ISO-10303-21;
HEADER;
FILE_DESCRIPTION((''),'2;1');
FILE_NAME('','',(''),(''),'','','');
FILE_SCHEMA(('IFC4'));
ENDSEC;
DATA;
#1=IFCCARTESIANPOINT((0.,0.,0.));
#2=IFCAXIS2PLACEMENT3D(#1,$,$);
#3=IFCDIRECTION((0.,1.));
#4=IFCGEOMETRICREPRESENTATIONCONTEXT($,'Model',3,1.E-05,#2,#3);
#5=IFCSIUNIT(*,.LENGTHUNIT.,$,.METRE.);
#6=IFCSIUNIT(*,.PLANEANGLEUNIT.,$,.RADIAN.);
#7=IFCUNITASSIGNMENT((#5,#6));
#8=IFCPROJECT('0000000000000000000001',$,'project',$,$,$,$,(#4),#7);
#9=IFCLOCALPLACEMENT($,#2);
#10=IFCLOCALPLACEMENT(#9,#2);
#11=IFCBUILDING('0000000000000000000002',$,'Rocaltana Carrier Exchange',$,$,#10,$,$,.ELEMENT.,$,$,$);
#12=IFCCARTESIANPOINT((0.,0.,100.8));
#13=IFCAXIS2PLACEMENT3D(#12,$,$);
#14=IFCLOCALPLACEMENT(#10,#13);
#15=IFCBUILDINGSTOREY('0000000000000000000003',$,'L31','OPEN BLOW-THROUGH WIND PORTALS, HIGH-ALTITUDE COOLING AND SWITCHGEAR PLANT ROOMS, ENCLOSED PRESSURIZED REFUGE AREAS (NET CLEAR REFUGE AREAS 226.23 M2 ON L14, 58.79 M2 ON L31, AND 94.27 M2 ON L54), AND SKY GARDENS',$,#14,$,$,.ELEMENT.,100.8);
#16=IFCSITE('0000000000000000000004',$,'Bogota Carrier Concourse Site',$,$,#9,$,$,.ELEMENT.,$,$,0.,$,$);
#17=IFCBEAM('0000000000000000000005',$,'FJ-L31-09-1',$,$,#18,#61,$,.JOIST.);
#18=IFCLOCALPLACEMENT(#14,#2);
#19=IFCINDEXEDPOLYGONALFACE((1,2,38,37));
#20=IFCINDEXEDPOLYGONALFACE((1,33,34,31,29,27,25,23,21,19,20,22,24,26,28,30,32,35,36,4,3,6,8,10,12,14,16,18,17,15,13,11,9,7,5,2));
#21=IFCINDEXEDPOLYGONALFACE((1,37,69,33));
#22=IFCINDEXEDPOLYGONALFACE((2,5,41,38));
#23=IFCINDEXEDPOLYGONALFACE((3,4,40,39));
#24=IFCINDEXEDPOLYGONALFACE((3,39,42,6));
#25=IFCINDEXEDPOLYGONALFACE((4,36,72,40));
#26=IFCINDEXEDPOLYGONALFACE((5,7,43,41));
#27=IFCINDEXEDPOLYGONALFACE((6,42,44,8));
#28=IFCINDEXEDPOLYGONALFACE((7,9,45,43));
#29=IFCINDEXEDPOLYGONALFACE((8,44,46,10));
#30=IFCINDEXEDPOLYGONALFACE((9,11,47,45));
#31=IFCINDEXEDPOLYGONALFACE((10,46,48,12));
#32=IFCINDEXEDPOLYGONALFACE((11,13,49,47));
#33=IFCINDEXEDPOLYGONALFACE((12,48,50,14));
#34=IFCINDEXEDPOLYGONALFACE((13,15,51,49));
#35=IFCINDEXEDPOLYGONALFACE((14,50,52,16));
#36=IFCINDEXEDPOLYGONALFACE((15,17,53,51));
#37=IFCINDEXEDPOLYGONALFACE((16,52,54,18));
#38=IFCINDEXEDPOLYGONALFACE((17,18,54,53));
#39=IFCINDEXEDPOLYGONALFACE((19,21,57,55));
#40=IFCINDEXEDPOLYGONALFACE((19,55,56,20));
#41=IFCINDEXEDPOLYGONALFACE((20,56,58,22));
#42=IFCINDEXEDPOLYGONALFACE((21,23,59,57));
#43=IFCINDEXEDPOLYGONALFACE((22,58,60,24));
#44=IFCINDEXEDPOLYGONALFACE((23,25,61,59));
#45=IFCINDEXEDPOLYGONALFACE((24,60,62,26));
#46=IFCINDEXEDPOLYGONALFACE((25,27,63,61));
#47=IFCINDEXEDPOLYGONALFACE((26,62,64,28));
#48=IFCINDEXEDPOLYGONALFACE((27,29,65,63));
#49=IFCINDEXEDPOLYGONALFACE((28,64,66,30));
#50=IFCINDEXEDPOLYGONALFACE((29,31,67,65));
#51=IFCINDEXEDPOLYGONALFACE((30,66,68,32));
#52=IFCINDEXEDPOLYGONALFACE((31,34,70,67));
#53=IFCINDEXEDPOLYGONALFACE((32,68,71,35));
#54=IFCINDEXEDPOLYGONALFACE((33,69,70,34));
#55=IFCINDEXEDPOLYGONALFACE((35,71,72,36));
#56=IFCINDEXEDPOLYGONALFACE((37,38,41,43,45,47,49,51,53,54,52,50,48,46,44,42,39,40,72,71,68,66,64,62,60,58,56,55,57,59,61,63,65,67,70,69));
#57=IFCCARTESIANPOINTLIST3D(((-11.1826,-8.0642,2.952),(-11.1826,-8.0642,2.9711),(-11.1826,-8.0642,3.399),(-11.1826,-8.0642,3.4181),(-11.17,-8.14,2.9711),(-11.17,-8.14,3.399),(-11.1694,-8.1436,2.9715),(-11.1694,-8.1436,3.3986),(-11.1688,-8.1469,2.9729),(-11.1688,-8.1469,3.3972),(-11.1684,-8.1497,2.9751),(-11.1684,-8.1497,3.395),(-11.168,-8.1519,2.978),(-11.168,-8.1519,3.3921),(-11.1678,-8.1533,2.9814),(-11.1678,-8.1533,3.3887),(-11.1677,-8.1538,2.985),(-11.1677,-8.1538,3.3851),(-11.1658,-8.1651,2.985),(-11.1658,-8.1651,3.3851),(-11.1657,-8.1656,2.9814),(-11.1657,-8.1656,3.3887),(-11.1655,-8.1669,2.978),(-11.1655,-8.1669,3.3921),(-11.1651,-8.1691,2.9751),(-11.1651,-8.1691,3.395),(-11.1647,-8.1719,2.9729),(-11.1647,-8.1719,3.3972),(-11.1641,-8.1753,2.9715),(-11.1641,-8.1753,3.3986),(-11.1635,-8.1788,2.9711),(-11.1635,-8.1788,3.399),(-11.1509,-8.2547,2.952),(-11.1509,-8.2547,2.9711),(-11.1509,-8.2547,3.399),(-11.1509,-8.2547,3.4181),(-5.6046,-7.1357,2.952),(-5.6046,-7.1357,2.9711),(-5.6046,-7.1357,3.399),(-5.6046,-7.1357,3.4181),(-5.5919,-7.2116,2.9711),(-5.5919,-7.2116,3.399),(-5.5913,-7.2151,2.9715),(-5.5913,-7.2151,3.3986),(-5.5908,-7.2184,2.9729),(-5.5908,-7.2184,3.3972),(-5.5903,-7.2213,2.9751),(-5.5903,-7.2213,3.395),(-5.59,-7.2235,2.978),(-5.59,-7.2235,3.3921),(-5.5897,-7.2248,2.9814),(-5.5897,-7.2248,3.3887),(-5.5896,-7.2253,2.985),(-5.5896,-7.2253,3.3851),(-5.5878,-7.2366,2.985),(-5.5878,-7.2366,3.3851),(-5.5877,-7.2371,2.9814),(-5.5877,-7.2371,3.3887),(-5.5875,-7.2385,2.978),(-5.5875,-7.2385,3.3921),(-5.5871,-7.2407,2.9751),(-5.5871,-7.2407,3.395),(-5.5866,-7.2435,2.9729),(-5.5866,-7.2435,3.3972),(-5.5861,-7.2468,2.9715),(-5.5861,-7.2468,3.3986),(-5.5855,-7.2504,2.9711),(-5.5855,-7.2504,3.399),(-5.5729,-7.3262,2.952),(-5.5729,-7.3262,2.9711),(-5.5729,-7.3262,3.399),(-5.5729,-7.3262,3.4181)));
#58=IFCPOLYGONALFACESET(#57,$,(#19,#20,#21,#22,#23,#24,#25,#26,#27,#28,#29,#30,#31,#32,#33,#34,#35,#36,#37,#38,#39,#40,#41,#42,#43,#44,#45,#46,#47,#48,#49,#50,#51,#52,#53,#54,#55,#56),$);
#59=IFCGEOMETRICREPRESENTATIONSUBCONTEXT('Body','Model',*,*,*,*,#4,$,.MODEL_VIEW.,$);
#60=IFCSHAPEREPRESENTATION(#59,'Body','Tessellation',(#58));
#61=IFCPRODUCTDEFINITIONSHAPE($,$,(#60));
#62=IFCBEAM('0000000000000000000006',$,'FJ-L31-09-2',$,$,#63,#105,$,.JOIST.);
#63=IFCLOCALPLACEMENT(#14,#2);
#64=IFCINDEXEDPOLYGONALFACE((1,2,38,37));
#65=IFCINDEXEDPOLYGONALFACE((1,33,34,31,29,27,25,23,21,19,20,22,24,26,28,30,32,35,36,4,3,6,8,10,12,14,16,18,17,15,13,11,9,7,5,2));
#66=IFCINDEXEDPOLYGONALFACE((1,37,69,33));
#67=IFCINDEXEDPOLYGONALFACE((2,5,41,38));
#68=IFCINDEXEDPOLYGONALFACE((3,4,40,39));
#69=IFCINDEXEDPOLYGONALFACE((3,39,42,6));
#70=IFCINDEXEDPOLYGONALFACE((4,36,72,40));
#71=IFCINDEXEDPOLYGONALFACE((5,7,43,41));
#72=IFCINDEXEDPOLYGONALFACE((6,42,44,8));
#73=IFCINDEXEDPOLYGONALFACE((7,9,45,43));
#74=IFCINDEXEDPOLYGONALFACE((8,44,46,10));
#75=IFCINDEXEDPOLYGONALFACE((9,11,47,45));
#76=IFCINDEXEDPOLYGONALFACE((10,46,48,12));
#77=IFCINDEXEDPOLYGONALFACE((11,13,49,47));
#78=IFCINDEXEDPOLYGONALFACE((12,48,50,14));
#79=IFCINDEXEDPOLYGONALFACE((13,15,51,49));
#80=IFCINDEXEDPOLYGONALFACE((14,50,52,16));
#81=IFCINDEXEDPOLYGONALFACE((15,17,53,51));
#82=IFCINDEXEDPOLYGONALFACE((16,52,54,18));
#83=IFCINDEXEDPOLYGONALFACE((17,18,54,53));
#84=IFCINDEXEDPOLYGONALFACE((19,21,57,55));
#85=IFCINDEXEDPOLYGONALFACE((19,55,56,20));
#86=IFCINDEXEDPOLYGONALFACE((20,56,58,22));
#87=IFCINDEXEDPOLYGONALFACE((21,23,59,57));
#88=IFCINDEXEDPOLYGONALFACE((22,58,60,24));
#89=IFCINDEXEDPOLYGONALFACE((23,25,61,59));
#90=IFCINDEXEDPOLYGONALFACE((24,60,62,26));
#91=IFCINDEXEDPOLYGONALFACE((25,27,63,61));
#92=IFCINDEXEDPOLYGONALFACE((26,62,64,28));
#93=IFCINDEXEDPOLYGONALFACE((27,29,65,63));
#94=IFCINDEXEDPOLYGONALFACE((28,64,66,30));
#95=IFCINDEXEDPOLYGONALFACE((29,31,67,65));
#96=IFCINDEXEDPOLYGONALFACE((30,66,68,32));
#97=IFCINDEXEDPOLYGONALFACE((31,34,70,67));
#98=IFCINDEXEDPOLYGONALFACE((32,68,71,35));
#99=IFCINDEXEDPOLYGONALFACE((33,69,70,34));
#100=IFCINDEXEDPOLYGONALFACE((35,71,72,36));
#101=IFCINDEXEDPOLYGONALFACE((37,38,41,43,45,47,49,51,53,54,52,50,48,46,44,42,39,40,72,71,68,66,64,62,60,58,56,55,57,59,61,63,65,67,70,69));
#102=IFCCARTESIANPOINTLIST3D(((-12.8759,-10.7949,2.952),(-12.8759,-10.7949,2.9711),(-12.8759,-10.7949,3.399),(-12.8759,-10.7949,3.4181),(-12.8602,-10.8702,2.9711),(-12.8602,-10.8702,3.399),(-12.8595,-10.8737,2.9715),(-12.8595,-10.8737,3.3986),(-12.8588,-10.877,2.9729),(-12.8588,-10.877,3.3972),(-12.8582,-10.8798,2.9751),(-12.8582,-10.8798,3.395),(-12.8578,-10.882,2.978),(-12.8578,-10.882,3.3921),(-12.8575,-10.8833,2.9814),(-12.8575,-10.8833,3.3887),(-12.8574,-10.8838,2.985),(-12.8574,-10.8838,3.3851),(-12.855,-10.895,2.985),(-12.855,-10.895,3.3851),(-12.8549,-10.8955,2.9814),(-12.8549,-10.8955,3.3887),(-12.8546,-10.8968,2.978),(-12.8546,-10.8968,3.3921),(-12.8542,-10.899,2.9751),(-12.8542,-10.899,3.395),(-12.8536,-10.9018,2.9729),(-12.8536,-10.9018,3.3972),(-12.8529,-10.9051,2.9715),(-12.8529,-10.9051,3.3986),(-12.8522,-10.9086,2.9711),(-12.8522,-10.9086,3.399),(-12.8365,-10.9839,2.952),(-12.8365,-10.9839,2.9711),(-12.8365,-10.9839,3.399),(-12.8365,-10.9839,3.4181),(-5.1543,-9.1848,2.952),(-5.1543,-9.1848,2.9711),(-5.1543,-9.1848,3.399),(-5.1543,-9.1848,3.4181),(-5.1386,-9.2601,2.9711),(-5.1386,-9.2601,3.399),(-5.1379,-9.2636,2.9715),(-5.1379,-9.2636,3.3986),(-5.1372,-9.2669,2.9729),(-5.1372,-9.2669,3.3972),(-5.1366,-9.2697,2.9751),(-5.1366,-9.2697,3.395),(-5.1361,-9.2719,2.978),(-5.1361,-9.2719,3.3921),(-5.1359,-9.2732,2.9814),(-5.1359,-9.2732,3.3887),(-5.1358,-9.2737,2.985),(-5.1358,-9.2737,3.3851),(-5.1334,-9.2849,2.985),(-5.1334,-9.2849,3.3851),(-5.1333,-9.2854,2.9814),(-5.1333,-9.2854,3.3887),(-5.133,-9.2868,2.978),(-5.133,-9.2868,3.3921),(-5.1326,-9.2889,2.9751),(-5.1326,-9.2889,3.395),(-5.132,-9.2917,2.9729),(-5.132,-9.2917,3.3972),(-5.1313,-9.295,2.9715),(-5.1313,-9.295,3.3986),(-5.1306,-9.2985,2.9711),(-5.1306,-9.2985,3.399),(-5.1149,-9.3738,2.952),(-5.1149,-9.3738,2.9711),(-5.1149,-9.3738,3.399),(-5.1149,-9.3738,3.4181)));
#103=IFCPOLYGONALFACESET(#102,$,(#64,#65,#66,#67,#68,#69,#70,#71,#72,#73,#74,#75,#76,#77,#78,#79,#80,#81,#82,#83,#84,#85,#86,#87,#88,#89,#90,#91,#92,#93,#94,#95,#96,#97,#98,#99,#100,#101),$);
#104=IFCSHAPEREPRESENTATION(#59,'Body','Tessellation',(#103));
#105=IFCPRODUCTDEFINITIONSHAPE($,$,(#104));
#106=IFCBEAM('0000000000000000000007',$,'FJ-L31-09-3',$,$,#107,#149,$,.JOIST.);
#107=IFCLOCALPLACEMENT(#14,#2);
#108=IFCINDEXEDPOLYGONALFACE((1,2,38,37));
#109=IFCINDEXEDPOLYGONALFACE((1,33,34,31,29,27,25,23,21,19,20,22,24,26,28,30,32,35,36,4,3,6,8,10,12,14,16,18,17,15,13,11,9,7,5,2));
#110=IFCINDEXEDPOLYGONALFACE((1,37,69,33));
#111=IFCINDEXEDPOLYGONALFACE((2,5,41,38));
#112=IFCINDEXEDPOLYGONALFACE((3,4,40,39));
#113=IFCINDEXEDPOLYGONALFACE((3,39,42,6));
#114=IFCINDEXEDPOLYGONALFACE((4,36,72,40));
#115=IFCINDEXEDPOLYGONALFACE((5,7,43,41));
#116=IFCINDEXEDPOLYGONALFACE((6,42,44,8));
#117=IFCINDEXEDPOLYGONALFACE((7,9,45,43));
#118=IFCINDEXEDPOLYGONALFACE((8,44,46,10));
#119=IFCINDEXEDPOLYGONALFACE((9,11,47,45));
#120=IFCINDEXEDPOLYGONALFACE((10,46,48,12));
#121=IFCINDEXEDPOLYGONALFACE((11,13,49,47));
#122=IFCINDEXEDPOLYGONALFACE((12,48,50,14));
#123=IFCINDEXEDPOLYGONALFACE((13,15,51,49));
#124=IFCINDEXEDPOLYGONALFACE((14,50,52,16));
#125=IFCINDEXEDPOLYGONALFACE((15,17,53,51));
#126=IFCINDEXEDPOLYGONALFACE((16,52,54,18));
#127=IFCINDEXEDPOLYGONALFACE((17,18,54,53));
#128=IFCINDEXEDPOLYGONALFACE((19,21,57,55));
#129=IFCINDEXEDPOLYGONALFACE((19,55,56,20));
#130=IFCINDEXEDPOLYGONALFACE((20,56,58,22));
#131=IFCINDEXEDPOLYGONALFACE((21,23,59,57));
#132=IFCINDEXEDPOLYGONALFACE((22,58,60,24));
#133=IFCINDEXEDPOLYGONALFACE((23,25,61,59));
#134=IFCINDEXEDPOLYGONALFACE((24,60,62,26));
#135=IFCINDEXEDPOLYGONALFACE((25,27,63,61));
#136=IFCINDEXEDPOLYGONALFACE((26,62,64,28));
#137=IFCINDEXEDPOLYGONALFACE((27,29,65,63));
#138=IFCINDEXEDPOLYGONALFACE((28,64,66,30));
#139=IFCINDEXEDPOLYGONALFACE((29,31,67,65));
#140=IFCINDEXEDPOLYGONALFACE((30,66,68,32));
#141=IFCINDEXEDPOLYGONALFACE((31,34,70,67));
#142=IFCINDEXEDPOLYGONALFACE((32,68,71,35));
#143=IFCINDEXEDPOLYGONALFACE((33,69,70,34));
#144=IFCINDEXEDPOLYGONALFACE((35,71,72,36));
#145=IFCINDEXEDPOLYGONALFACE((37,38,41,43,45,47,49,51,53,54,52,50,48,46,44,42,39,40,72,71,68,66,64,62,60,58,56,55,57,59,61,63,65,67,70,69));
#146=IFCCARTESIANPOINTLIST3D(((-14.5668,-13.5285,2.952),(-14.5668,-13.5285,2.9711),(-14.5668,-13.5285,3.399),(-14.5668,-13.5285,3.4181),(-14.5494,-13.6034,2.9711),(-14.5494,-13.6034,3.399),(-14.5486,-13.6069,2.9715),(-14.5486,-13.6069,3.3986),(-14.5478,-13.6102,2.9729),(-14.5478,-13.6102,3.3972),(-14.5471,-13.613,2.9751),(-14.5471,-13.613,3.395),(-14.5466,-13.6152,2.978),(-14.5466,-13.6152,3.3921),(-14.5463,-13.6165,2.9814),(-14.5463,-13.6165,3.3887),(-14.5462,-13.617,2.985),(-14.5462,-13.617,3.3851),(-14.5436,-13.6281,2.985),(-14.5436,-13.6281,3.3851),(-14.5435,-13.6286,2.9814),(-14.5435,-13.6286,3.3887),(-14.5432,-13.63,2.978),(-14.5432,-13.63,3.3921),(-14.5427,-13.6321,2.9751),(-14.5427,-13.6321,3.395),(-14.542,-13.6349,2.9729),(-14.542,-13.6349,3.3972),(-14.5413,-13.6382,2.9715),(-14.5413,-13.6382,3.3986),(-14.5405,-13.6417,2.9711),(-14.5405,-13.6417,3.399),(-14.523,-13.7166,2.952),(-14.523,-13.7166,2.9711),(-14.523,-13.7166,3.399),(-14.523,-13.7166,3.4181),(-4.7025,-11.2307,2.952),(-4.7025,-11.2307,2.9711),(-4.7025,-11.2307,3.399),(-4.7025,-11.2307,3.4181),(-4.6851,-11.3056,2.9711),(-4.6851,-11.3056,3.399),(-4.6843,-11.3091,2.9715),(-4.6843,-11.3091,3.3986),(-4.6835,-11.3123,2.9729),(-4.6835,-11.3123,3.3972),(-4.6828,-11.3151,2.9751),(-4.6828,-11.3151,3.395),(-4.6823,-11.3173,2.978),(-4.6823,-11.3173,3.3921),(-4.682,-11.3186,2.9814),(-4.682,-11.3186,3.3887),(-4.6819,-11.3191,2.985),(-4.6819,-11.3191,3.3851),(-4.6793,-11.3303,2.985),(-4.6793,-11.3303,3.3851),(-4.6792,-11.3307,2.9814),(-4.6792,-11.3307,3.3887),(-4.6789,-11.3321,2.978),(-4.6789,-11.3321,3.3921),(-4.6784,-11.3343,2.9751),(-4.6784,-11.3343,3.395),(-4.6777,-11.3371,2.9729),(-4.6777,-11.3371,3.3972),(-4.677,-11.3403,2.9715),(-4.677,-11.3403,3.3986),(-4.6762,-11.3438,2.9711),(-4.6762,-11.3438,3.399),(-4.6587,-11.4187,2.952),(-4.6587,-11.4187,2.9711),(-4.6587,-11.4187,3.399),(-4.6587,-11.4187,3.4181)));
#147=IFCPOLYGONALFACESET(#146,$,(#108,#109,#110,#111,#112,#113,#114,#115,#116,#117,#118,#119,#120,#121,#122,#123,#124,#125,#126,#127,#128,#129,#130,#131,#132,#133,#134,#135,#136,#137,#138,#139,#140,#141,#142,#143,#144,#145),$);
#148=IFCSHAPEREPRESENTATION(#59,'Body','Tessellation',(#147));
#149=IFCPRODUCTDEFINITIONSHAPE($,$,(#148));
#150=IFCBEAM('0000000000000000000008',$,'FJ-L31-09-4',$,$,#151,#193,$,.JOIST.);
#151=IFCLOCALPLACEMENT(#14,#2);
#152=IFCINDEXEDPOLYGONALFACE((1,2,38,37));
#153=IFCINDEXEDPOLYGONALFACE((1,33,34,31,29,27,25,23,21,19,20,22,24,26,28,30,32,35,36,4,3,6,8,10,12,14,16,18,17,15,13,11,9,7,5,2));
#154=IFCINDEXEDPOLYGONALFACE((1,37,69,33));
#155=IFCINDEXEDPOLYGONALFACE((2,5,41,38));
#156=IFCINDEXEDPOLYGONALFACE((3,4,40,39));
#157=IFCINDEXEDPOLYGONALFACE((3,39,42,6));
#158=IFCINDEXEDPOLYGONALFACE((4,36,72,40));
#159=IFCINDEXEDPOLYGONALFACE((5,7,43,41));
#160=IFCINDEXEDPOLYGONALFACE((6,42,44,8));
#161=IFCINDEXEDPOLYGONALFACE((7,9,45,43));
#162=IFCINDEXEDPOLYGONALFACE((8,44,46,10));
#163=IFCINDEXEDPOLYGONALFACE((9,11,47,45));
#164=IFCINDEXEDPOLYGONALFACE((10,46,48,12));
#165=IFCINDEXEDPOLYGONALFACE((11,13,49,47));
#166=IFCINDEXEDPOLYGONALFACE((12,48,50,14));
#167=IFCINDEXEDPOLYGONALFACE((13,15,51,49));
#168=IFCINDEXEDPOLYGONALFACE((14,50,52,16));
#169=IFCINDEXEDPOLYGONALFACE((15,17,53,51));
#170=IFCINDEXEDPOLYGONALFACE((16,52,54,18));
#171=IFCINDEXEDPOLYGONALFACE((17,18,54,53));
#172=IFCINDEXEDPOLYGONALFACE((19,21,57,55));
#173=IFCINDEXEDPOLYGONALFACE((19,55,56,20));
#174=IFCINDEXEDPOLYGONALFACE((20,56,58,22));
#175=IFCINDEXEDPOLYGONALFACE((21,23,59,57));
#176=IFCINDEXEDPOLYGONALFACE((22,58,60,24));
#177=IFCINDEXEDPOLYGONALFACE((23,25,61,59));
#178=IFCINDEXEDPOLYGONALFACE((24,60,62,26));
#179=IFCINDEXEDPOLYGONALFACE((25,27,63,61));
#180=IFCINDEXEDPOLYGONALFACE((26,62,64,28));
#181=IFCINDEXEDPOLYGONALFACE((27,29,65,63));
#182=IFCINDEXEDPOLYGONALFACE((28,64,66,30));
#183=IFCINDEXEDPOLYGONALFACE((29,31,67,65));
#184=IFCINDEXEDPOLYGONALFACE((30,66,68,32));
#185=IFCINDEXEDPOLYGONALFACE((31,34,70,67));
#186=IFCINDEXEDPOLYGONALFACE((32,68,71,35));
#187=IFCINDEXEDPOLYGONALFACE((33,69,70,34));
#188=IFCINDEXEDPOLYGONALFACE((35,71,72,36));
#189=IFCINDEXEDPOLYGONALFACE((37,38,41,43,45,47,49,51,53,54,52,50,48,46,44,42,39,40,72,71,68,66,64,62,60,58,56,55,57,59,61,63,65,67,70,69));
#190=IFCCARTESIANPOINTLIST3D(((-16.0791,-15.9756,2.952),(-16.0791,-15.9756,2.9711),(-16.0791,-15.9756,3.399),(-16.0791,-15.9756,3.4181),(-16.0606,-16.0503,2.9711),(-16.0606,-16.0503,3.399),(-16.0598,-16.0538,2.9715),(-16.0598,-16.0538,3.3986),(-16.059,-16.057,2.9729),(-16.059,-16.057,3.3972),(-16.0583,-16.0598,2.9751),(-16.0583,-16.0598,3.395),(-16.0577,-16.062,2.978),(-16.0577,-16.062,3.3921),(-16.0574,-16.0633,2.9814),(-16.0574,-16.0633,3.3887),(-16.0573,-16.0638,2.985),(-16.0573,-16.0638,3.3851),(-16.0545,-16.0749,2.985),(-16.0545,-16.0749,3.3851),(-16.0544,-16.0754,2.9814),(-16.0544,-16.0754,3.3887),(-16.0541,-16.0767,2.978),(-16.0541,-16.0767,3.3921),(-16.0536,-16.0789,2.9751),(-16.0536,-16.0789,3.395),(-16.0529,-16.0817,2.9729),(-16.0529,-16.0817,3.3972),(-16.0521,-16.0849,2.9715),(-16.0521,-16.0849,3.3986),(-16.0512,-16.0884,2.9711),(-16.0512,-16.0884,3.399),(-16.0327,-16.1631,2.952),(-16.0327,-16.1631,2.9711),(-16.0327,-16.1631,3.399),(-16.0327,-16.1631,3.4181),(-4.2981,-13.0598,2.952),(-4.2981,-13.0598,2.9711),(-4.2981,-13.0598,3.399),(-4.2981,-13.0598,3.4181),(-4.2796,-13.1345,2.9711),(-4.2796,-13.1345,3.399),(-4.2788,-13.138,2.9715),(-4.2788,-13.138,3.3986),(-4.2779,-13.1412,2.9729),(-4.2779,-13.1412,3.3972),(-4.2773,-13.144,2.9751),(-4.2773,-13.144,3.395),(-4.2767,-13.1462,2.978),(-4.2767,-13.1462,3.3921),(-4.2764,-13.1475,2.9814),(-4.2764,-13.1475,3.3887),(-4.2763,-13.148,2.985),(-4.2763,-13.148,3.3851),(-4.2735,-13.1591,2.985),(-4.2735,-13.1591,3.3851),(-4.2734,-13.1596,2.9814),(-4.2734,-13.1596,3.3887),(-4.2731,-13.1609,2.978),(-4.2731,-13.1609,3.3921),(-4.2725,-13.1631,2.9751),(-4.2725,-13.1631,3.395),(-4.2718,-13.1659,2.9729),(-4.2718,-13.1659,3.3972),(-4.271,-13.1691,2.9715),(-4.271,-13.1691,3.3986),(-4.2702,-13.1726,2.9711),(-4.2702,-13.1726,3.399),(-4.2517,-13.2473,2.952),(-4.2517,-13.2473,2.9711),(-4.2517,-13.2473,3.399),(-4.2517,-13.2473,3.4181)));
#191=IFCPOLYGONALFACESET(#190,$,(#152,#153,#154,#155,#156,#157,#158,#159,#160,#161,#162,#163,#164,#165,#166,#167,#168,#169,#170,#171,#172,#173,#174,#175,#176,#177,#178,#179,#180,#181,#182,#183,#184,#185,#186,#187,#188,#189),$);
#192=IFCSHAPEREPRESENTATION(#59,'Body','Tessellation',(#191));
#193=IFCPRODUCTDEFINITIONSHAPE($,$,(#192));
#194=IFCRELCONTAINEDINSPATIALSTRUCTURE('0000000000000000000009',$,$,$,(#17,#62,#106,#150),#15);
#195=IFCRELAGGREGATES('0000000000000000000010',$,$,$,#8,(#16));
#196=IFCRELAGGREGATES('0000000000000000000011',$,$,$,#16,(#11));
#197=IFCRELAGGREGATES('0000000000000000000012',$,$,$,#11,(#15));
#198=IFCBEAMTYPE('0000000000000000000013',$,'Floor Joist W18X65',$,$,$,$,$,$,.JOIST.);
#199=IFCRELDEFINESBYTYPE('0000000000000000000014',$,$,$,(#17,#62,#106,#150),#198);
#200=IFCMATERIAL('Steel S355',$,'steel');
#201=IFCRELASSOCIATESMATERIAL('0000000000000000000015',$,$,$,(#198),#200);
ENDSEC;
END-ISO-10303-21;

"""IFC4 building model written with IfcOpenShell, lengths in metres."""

from ifc_helpers import new_model, si_unit, direction, frame, origin, origin_2d, place, context, subcontext, project, spatial, i_section, extrude, material, material_profile, profile_set, type_object, element, save


model = new_model("IFC4")

# Units and contexts
model_context = context("Model", 3, precision=1e-05, world=origin(), true_north=direction((0.0, 1.0)))
body_context = subcontext(model_context, "Body", "Model", "MODEL_VIEW")
ifc_project = project(units=[si_unit("LENGTHUNIT", "METRE"), si_unit("PLANEANGLEUNIT", "RADIAN")], contexts=[model_context])

# Site, building, storey
site_placement = place(None, origin())
site = spatial("IfcSite", under=ifc_project, at=site_placement, Name="Bogota Carrier Concourse Site", CompositionType="ELEMENT", RefElevation=0.0)
building_placement = place(site_placement, origin())
building = spatial("IfcBuilding", under=site, at=building_placement, Name="Rocaltana Carrier Exchange", CompositionType="ELEMENT")
storey_placement = place(building_placement, frame((0.0, 0.0, 100.8)))
storey = spatial("IfcBuildingStorey", under=building, at=storey_placement, Name="L31", Description="OPEN BLOW-THROUGH WIND PORTALS, HIGH-ALTITUDE COOLING AND SWITCHGEAR PLANT ROOMS, ENCLOSED PRESSURIZED REFUGE AREAS (NET CLEAR REFUGE AREAS 226.23 M2 ON L14, 58.79 M2 ON L31, AND 94.27 M2 ON L54), AND SKY GARDENS", CompositionType="ELEMENT", Elevation=100.8)

# Beams
ifc_material_1 = material(Name="Steel S355", Category="steel")
ifc_material_profile_1 = material_profile(ifc_material_1, i_section(OverallWidth=0.1931, OverallDepth=0.4661, WebThickness=0.0115, FlangeThickness=0.019, FilletRadius=0.0139, at=origin_2d()), Name="W18X65")
ifc_profile_set_1 = profile_set([ifc_material_profile_1], Name="Steel S355")
beam_type_1 = type_object("IfcBeamType", Name="Floor Joist W18X65", PredefinedType="JOIST", material=ifc_profile_set_1)
beam_1_placement = place(storey_placement, frame((-11.1667, -8.1594, 3.1851), z_axis=(0.986429, 0.164189, 0.0), x_axis=(-0.164189, 0.986429, 0.0)))
element("IfcBeam", 1, at=beam_1_placement, inside=storey, type_object=beam_type_1, Name="FJ-L31-09-1", PredefinedType="JOIST", context=body_context, shape_type="SweptSolid", body=[
    extrude(i_section(OverallWidth=0.1931, OverallDepth=0.4661, WebThickness=0.0115, FlangeThickness=0.019, FilletRadius=0.0139, at=origin_2d()), origin(), (0.0, 0.0, 1.0), 5.6548),
])
beam_2_placement = place(storey_placement, frame((-12.8562, -10.8894, 3.1851), z_axis=(0.978944, 0.204127, 0.0), x_axis=(-0.204127, 0.978944, 0.0)))
element("IfcBeam", 2, at=beam_2_placement, inside=storey, type_object=beam_type_1, Name="FJ-L31-09-2", PredefinedType="JOIST", context=body_context, shape_type="SweptSolid", body=[
    extrude(i_section(OverallWidth=0.1931, OverallDepth=0.4661, WebThickness=0.0115, FlangeThickness=0.019, FilletRadius=0.0139, at=origin_2d()), origin(), (0.0, 0.0, 1.0), 7.8877),
])
beam_3_placement = place(storey_placement, frame((-14.5449, -13.6226, 3.1851), z_axis=(0.973924, 0.226873, 0.0), x_axis=(-0.226873, 0.973924, 0.0)))
element("IfcBeam", 3, at=beam_3_placement, inside=storey, type_object=beam_type_1, Name="FJ-L31-09-3", PredefinedType="JOIST", context=body_context, shape_type="SweptSolid", body=[
    extrude(i_section(OverallWidth=0.1931, OverallDepth=0.4661, WebThickness=0.0115, FlangeThickness=0.019, FilletRadius=0.0139, at=origin_2d()), origin(), (0.0, 0.0, 1.0), 10.1284),
])
beam_4_placement = place(storey_placement, frame((-16.0559, -16.0693, 3.1851), z_axis=(0.970711, 0.240249, 0.0), x_axis=(-0.240249, 0.970711, 0.0)))
element("IfcBeam", 4, at=beam_4_placement, inside=storey, type_object=beam_type_1, Name="FJ-L31-09-4", PredefinedType="JOIST", context=body_context, shape_type="SweptSolid", body=[
    extrude(i_section(OverallWidth=0.1931, OverallDepth=0.4661, WebThickness=0.0115, FlangeThickness=0.019, FilletRadius=0.0139, at=origin_2d()), origin(), (0.0, 0.0, 1.0), 12.1365),
])

save(model, "model.ifc")
